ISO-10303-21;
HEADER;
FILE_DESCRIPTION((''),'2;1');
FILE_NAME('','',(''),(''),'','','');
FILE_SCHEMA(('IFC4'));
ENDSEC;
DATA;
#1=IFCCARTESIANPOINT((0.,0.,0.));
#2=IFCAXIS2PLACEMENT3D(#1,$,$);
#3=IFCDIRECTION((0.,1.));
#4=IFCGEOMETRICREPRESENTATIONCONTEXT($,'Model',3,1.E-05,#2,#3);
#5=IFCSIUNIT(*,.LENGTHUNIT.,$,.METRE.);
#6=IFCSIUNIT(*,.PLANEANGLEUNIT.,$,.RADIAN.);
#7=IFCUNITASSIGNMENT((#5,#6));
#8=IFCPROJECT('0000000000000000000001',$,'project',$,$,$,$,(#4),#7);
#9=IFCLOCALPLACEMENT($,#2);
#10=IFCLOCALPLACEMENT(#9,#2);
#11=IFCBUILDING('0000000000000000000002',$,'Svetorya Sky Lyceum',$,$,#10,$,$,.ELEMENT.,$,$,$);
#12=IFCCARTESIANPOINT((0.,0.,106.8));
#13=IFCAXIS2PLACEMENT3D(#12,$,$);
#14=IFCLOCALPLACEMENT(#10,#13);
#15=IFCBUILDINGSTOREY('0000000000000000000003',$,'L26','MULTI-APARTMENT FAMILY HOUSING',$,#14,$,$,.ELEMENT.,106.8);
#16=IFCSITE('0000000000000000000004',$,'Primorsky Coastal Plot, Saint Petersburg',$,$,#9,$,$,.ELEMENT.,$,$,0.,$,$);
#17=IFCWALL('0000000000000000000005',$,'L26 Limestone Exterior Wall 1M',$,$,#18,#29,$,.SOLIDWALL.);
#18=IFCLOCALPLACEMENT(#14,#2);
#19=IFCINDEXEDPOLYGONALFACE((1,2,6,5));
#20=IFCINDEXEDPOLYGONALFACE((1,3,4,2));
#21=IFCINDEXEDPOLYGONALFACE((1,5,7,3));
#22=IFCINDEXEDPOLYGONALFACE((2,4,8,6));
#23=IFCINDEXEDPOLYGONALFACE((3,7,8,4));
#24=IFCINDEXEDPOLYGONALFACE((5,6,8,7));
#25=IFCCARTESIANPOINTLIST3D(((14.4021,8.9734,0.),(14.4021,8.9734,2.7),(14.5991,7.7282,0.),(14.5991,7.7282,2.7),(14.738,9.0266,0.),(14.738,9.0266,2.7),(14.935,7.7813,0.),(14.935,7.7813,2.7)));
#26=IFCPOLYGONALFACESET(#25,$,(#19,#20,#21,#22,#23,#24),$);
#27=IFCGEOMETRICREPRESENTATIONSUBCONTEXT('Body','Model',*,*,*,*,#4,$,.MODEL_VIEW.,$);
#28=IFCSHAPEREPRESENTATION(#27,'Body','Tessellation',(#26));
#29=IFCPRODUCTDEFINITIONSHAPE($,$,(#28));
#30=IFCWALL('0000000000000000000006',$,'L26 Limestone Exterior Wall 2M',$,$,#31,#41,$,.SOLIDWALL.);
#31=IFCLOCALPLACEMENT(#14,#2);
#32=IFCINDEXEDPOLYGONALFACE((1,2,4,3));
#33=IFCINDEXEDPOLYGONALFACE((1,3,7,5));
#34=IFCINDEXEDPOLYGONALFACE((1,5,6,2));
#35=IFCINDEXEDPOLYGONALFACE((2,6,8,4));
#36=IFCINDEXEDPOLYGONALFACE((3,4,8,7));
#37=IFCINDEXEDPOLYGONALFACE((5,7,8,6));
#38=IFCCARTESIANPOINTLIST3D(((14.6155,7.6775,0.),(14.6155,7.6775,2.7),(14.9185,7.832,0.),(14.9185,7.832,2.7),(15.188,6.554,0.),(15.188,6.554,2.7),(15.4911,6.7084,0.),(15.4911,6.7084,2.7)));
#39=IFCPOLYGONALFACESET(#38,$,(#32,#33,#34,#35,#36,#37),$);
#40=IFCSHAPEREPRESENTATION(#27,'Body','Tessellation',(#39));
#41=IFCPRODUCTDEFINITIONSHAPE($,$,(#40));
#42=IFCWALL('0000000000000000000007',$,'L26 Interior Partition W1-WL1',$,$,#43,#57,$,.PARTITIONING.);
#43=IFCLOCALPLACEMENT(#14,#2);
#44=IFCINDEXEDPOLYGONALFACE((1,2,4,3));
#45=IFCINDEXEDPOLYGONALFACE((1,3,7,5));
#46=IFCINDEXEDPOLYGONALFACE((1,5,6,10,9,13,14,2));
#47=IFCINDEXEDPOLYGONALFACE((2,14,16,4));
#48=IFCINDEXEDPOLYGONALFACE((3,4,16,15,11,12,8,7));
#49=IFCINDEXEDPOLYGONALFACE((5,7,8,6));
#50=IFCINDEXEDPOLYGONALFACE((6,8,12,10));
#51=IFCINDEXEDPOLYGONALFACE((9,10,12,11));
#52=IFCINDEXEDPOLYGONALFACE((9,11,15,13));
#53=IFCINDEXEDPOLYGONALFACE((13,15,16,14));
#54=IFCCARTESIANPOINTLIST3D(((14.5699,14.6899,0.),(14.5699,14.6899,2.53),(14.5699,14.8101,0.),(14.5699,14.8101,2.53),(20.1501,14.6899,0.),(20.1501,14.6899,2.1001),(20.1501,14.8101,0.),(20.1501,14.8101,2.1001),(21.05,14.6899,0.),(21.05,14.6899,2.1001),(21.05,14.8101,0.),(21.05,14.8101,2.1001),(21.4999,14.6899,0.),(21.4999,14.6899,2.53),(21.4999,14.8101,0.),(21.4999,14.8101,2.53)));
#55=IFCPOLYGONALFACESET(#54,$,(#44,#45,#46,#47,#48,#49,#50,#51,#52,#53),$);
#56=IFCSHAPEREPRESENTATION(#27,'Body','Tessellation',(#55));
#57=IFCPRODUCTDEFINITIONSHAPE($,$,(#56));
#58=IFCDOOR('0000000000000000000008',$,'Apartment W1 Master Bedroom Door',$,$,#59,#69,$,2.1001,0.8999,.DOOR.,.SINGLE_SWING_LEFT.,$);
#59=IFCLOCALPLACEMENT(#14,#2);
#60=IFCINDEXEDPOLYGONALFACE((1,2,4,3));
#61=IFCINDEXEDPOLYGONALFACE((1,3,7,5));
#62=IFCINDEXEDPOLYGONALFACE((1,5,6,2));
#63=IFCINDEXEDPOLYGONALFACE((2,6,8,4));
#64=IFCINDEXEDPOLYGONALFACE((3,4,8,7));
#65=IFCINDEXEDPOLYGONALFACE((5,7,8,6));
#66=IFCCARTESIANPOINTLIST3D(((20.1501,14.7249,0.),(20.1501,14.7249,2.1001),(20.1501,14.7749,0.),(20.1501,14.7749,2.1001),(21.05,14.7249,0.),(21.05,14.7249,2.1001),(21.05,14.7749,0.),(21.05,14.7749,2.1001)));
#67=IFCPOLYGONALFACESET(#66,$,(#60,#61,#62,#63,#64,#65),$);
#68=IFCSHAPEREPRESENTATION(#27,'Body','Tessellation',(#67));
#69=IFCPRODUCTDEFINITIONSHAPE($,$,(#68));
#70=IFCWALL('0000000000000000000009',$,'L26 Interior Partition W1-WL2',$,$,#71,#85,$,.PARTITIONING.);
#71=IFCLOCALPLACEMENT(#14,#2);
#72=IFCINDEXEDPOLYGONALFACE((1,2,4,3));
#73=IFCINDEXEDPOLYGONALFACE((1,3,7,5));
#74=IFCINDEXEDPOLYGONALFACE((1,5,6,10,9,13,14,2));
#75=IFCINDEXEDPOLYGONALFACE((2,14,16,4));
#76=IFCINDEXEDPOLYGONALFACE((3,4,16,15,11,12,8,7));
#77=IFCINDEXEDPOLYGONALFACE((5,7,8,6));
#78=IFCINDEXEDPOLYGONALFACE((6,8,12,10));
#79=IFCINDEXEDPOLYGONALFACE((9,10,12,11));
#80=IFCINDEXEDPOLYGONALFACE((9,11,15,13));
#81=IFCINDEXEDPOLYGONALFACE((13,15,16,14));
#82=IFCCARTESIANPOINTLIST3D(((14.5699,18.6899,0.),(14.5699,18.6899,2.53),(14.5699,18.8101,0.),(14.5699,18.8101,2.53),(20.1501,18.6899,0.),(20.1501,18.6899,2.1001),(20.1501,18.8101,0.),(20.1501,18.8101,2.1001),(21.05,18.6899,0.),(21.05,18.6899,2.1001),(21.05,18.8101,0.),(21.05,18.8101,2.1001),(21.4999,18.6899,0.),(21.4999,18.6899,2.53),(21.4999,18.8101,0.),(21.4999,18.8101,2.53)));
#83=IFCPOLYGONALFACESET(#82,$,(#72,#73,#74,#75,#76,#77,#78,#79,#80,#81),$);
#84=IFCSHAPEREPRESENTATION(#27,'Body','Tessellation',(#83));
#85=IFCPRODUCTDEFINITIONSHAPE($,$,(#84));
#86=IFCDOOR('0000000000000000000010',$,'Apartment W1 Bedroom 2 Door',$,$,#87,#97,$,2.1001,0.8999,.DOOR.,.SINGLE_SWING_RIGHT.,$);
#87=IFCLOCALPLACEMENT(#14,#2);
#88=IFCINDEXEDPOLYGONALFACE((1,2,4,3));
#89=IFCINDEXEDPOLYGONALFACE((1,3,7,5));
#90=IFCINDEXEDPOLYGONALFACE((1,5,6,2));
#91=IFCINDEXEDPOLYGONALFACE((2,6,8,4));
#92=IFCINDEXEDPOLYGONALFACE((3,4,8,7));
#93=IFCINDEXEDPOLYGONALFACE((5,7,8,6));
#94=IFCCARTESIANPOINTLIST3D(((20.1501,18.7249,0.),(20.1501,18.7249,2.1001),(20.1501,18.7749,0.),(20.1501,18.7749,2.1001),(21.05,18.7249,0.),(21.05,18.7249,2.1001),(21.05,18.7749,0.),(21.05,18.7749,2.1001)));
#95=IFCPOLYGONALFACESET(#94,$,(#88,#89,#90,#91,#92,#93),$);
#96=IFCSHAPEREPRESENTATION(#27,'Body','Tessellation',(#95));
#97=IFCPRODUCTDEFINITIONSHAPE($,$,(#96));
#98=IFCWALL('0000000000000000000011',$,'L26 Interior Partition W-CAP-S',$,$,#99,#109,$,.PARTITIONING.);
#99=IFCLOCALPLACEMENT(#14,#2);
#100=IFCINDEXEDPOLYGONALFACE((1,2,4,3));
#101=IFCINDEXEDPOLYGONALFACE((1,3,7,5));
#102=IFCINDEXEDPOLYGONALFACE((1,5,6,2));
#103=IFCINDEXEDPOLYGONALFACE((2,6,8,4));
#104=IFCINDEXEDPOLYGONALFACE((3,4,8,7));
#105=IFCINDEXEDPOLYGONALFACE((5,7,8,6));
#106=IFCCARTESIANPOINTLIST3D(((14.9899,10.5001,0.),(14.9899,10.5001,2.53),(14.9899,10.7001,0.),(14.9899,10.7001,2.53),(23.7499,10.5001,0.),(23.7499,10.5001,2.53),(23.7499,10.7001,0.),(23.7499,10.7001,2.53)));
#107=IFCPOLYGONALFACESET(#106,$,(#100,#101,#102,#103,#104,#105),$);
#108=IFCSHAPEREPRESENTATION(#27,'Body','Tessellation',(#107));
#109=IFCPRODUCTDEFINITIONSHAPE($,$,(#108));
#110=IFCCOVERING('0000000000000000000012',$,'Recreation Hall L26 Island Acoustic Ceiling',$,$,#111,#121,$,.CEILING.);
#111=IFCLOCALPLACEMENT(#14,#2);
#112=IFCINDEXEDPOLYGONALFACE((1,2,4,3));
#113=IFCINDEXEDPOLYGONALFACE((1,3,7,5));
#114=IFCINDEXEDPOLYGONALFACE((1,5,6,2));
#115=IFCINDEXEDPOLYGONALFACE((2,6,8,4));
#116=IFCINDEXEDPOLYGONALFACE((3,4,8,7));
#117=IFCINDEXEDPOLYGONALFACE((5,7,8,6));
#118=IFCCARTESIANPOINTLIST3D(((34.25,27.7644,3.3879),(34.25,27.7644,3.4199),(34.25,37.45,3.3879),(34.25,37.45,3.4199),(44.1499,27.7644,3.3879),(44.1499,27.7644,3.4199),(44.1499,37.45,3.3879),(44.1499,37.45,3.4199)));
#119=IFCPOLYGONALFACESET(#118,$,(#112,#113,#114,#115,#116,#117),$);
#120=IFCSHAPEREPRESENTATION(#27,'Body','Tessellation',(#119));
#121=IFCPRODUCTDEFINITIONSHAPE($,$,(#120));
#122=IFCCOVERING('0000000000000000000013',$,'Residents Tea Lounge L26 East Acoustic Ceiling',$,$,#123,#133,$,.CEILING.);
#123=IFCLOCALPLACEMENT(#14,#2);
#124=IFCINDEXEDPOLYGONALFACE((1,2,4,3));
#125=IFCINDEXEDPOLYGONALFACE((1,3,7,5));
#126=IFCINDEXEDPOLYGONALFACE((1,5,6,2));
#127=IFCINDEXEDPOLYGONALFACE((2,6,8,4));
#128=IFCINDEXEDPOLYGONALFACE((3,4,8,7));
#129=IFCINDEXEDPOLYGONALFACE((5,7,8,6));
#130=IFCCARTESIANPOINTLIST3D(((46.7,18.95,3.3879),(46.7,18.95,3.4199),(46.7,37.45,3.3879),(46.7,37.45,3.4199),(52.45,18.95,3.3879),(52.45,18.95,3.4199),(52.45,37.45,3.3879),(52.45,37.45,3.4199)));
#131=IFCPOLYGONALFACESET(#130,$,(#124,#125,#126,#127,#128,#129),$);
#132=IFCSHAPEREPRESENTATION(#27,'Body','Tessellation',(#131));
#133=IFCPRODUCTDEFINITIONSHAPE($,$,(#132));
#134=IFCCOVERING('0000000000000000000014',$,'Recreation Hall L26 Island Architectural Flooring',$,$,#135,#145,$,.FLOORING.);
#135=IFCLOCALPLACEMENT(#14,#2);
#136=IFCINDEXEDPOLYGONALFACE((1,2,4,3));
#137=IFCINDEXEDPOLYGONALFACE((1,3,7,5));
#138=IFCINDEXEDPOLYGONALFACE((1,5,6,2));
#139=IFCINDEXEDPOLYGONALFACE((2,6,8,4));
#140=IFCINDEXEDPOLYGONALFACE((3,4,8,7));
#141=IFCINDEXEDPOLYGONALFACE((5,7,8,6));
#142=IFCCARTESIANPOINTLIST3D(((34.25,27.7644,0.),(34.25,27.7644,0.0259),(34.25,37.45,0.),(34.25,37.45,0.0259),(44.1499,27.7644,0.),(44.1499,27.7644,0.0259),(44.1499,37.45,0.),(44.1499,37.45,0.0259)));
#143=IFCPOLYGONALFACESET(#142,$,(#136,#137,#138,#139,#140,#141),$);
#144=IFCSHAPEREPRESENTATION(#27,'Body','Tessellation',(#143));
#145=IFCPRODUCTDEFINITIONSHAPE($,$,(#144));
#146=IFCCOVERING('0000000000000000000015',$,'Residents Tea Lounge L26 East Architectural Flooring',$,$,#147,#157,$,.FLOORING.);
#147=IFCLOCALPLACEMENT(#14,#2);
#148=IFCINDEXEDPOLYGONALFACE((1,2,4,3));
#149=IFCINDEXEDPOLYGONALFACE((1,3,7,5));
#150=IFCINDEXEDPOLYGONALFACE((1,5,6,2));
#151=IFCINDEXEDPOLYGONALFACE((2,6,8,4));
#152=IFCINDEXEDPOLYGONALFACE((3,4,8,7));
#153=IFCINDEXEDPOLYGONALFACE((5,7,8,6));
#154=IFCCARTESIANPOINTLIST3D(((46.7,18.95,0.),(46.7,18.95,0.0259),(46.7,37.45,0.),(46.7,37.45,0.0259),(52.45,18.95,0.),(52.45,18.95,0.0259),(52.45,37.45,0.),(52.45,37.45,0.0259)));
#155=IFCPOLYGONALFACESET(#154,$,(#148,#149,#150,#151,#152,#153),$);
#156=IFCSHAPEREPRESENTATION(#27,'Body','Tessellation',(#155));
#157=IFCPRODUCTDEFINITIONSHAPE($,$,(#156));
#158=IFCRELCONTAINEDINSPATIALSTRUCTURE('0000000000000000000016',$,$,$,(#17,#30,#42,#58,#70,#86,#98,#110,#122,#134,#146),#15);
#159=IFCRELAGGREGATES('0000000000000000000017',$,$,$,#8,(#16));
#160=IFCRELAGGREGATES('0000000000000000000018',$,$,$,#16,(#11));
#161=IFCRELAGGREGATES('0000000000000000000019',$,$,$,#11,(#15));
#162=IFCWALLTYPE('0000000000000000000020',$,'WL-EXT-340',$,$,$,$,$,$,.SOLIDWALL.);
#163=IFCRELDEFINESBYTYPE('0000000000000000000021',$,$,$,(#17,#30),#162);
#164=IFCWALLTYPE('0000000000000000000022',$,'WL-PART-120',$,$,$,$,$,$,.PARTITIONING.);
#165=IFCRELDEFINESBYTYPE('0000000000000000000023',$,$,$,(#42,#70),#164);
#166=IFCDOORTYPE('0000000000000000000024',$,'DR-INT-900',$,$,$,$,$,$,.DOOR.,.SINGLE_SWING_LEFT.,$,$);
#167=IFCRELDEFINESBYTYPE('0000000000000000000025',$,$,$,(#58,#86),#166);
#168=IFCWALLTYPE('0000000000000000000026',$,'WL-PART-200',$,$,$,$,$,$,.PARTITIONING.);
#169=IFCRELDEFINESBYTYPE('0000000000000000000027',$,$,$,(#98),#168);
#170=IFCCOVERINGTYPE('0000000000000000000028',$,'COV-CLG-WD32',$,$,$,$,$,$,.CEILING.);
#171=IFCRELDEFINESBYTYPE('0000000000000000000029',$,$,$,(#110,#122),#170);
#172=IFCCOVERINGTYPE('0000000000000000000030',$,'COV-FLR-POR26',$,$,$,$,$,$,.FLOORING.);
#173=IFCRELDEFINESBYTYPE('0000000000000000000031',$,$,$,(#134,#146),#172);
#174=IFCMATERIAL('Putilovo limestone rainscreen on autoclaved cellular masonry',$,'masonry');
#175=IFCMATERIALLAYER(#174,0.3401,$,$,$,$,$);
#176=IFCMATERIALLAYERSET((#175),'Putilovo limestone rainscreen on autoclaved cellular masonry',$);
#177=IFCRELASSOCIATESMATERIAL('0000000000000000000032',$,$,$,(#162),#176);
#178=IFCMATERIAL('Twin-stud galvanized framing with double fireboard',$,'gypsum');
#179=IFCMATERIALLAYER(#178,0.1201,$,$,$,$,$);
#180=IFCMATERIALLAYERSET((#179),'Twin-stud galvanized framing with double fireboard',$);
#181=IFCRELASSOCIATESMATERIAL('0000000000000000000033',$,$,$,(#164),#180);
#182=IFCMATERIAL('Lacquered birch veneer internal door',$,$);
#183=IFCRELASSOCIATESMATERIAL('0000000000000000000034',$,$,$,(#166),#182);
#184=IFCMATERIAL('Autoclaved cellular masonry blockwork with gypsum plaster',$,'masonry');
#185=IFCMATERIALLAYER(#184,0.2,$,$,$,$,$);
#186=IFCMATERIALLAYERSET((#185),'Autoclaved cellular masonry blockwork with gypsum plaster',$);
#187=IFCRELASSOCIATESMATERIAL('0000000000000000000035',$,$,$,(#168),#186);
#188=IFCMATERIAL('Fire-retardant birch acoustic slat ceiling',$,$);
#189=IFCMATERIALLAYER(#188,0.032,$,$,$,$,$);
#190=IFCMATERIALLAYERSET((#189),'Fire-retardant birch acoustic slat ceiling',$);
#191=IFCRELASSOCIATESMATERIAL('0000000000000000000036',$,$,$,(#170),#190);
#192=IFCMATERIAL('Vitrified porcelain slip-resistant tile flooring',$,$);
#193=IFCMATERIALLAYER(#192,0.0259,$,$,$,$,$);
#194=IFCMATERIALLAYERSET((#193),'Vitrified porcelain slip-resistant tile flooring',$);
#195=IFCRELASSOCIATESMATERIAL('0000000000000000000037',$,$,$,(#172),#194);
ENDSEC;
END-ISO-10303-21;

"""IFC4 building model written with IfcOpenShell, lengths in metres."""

from ifc_helpers import new_model, si_unit, direction, frame, frame_2d, origin, place, context, subcontext, project, spatial, polyline, rectangle, outline, extrude, material, layer, layer_set, type_object, element, fill, save


model = new_model("IFC4")

# Units and contexts
model_context = context("Model", 3, precision=1e-05, world=origin(), true_north=direction((0.0, 1.0)))
body_context = subcontext(model_context, "Body", "Model", "MODEL_VIEW")
ifc_project = project(units=[si_unit("LENGTHUNIT", "METRE"), si_unit("PLANEANGLEUNIT", "RADIAN")], contexts=[model_context])

# Site, building, storey
site_placement = place(None, origin())
site = spatial("IfcSite", under=ifc_project, at=site_placement, Name="Primorsky Coastal Plot, Saint Petersburg", CompositionType="ELEMENT", RefElevation=0.0)
building_placement = place(site_placement, origin())
building = spatial("IfcBuilding", under=site, at=building_placement, Name="Svetorya Sky Lyceum", CompositionType="ELEMENT")
storey_placement = place(building_placement, frame((0.0, 0.0, 106.8)))
storey = spatial("IfcBuildingStorey", under=building, at=storey_placement, Name="L26", Description="MULTI-APARTMENT FAMILY HOUSING", CompositionType="ELEMENT", Elevation=106.8)

# Walls
ifc_material_1 = material(Name="Putilovo limestone rainscreen on autoclaved cellular masonry", Category="masonry")
ifc_layer_1 = layer(ifc_material_1, 0.3401)
ifc_layer_set_1 = layer_set([ifc_layer_1], Name="Putilovo limestone rainscreen on autoclaved cellular masonry")
wall_type_1 = type_object("IfcWallType", Name="WL-EXT-340", PredefinedType="SOLIDWALL", material=ifc_layer_set_1)
wall_1_placement = place(storey_placement, frame((14.5701, 9.0, 0.0), z_axis=(0.0, 0.0, 1.0), x_axis=(0.156261, -0.987716, 0.0)))
element("IfcWall", 1, at=wall_1_placement, inside=storey, type_object=wall_type_1, Name="L26 Limestone Exterior Wall 1M", PredefinedType="SOLIDWALL", context=body_context, shape_type="SweptSolid", body=[
    extrude(rectangle(XDim=1.2607, YDim=0.3401, at=frame_2d((0.6304, 0.0))), origin(), (0.0, 0.0, 1.0), 2.7),
])
wall_2_placement = place(storey_placement, frame((14.7671, 7.7546, 0.0), z_axis=(0.0, 0.0, 1.0), x_axis=(0.454016, -0.890994, 0.0)))
element("IfcWall", 2, at=wall_2_placement, inside=storey, type_object=wall_type_1, Name="L26 Limestone Exterior Wall 2M", PredefinedType="SOLIDWALL", context=body_context, shape_type="SweptSolid", body=[
    extrude(rectangle(XDim=1.261, YDim=0.3401, at=frame_2d((0.6304, 0.0))), origin(), (0.0, 0.0, 1.0), 2.7),
])

# Walls, openings, doors
ifc_material_2 = material(Name="Twin-stud galvanized framing with double fireboard", Category="gypsum")
ifc_layer_2 = layer(ifc_material_2, 0.1201)
ifc_layer_set_2 = layer_set([ifc_layer_2], Name="Twin-stud galvanized framing with double fireboard")
wall_type_2 = type_object("IfcWallType", Name="WL-PART-120", PredefinedType="PARTITIONING", material=ifc_layer_set_2)
wall_3_placement = place(storey_placement, frame((14.5701, 14.75, 0.0), z_axis=(0.0, 0.0, 1.0), x_axis=(1.0, 0.0, 0.0)))
wall_3 = element("IfcWall", 3, at=wall_3_placement, inside=storey, type_object=wall_type_2, Name="L26 Interior Partition W1-WL1", PredefinedType="PARTITIONING", context=body_context, shape_type="SweptSolid", body=[
    extrude(rectangle(XDim=6.9299, YDim=0.1201, at=frame_2d((3.4648, 0.0))), origin(), (0.0, 0.0, 1.0), 2.53),
])
opening_1_placement = place(wall_3_placement, frame((5.5801, 0.0, 0.0)))
opening_1 = element("IfcOpeningElement", 4, at=opening_1_placement, cuts=wall_3, PredefinedType="OPENING", context=body_context, shape_type="SweptSolid", body=[
    extrude(rectangle(XDim=0.8999, YDim=2.1001, at=frame_2d((0.45, 1.05))), frame((0.0, 0.0701, 0.0), z_axis=(0.0, -1.0, 0.0), x_axis=(1.0, 0.0, 0.0)), (0.0, 0.0, 1.0), 0.1401),
])
ifc_material_3 = material(Name="Lacquered birch veneer internal door")
door_type = type_object("IfcDoorType", Name="DR-INT-900", OperationType="SINGLE_SWING_LEFT", PredefinedType="DOOR", material=ifc_material_3)
door_1_placement = place(opening_1_placement, origin())
door_1 = element("IfcDoor", 5, at=door_1_placement, inside=storey, type_object=door_type, Name="Apartment W1 Master Bedroom Door", OperationType="SINGLE_SWING_LEFT", OverallHeight=2.1001, OverallWidth=0.8999, PredefinedType="DOOR", context=body_context, shape_type="SweptSolid", body=[
    extrude(rectangle(XDim=0.8999, YDim=2.1001, at=frame_2d((0.45, 1.05))), frame((0.0, 0.0249, 0.0), z_axis=(0.0, -1.0, 0.0), x_axis=(1.0, 0.0, 0.0)), (0.0, 0.0, 1.0), 0.05),
])
fill(opening_1, door_1)
wall_4_placement = place(storey_placement, frame((14.5701, 18.75, 0.0), z_axis=(0.0, 0.0, 1.0), x_axis=(1.0, 0.0, 0.0)))
wall_4 = element("IfcWall", 6, at=wall_4_placement, inside=storey, type_object=wall_type_2, Name="L26 Interior Partition W1-WL2", PredefinedType="PARTITIONING", context=body_context, shape_type="SweptSolid", body=[
    extrude(rectangle(XDim=6.9299, YDim=0.1201, at=frame_2d((3.4648, 0.0))), origin(), (0.0, 0.0, 1.0), 2.53),
])
opening_2_placement = place(wall_4_placement, frame((5.5801, 0.0, 0.0)))
opening_2 = element("IfcOpeningElement", 7, at=opening_2_placement, cuts=wall_4, PredefinedType="OPENING", context=body_context, shape_type="SweptSolid", body=[
    extrude(rectangle(XDim=0.8999, YDim=2.1001, at=frame_2d((0.45, 1.05))), frame((0.0, 0.0701, 0.0), z_axis=(0.0, -1.0, 0.0), x_axis=(1.0, 0.0, 0.0)), (0.0, 0.0, 1.0), 0.1401),
])
door_2_placement = place(opening_2_placement, origin())
door_2 = element("IfcDoor", 8, at=door_2_placement, inside=storey, type_object=door_type, Name="Apartment W1 Bedroom 2 Door", OperationType="SINGLE_SWING_RIGHT", OverallHeight=2.1001, OverallWidth=0.8999, PredefinedType="DOOR", context=body_context, shape_type="SweptSolid", body=[
    extrude(rectangle(XDim=0.8999, YDim=2.1001, at=frame_2d((0.45, 1.05))), frame((0.0, 0.0249, 0.0), z_axis=(0.0, -1.0, 0.0), x_axis=(1.0, 0.0, 0.0)), (0.0, 0.0, 1.0), 0.05),
])
fill(opening_2, door_2)

# Wall
ifc_material_4 = material(Name="Autoclaved cellular masonry blockwork with gypsum plaster", Category="masonry")
ifc_layer_3 = layer(ifc_material_4, 0.2)
ifc_layer_set_3 = layer_set([ifc_layer_3], Name="Autoclaved cellular masonry blockwork with gypsum plaster")
wall_type_3 = type_object("IfcWallType", Name="WL-PART-200", PredefinedType="PARTITIONING", material=ifc_layer_set_3)
wall_5_placement = place(storey_placement, frame((14.99, 10.6001, 0.0), z_axis=(0.0, 0.0, 1.0), x_axis=(1.0, 0.0, 0.0)))
element("IfcWall", 9, at=wall_5_placement, inside=storey, type_object=wall_type_3, Name="L26 Interior Partition W-CAP-S", PredefinedType="PARTITIONING", context=body_context, shape_type="SweptSolid", body=[
    extrude(rectangle(XDim=8.76, YDim=0.2, at=frame_2d((4.3799, 0.0))), origin(), (0.0, 0.0, 1.0), 2.53),
])

# Coverings
ifc_material_5 = material(Name="Fire-retardant birch acoustic slat ceiling")
ifc_layer_4 = layer(ifc_material_5, 0.032)
ifc_layer_set_4 = layer_set([ifc_layer_4], Name="Fire-retardant birch acoustic slat ceiling")
covering_type_1 = type_object("IfcCoveringType", Name="COV-CLG-WD32", PredefinedType="CEILING", material=ifc_layer_set_4)
covering_1_placement = place(storey_placement, frame((0.0, 0.0, 3.3879)))
element("IfcCovering", 10, at=covering_1_placement, inside=storey, type_object=covering_type_1, Name="Recreation Hall L26 Island Acoustic Ceiling", PredefinedType="CEILING", context=body_context, shape_type="SweptSolid", body=[
    extrude(outline(polyline([(34.25, 27.7644), (44.1499, 27.7644), (44.1499, 37.45), (34.25, 37.45), (34.25, 27.7644)])), origin(), (0.0, 0.0, 1.0), 0.032),
])
covering_2_placement = place(storey_placement, frame((0.0, 0.0, 3.3879)))
element("IfcCovering", 11, at=covering_2_placement, inside=storey, type_object=covering_type_1, Name="Residents Tea Lounge L26 East Acoustic Ceiling", PredefinedType="CEILING", context=body_context, shape_type="SweptSolid", body=[
    extrude(outline(polyline([(46.7, 18.95), (52.45, 18.95), (52.45, 37.45), (46.7, 37.45), (46.7, 18.95)])), origin(), (0.0, 0.0, 1.0), 0.032),
])
ifc_material_6 = material(Name="Vitrified porcelain slip-resistant tile flooring")
ifc_layer_5 = layer(ifc_material_6, 0.0259)
ifc_layer_set_5 = layer_set([ifc_layer_5], Name="Vitrified porcelain slip-resistant tile flooring")
covering_type_2 = type_object("IfcCoveringType", Name="COV-FLR-POR26", PredefinedType="FLOORING", material=ifc_layer_set_5)
covering_3_placement = place(storey_placement, origin())
element("IfcCovering", 12, at=covering_3_placement, inside=storey, type_object=covering_type_2, Name="Recreation Hall L26 Island Architectural Flooring", PredefinedType="FLOORING", context=body_context, shape_type="SweptSolid", body=[
    extrude(outline(polyline([(34.25, 27.7644), (44.1499, 27.7644), (44.1499, 37.45), (34.25, 37.45), (34.25, 27.7644)])), origin(), (0.0, 0.0, 1.0), 0.0259),
])
covering_4_placement = place(storey_placement, origin())
element("IfcCovering", 13, at=covering_4_placement, inside=storey, type_object=covering_type_2, Name="Residents Tea Lounge L26 East Architectural Flooring", PredefinedType="FLOORING", context=body_context, shape_type="SweptSolid", body=[
    extrude(outline(polyline([(46.7, 18.95), (52.45, 18.95), (52.45, 37.45), (46.7, 37.45), (46.7, 18.95)])), origin(), (0.0, 0.0, 1.0), 0.0259),
])

save(model, "model.ifc")
